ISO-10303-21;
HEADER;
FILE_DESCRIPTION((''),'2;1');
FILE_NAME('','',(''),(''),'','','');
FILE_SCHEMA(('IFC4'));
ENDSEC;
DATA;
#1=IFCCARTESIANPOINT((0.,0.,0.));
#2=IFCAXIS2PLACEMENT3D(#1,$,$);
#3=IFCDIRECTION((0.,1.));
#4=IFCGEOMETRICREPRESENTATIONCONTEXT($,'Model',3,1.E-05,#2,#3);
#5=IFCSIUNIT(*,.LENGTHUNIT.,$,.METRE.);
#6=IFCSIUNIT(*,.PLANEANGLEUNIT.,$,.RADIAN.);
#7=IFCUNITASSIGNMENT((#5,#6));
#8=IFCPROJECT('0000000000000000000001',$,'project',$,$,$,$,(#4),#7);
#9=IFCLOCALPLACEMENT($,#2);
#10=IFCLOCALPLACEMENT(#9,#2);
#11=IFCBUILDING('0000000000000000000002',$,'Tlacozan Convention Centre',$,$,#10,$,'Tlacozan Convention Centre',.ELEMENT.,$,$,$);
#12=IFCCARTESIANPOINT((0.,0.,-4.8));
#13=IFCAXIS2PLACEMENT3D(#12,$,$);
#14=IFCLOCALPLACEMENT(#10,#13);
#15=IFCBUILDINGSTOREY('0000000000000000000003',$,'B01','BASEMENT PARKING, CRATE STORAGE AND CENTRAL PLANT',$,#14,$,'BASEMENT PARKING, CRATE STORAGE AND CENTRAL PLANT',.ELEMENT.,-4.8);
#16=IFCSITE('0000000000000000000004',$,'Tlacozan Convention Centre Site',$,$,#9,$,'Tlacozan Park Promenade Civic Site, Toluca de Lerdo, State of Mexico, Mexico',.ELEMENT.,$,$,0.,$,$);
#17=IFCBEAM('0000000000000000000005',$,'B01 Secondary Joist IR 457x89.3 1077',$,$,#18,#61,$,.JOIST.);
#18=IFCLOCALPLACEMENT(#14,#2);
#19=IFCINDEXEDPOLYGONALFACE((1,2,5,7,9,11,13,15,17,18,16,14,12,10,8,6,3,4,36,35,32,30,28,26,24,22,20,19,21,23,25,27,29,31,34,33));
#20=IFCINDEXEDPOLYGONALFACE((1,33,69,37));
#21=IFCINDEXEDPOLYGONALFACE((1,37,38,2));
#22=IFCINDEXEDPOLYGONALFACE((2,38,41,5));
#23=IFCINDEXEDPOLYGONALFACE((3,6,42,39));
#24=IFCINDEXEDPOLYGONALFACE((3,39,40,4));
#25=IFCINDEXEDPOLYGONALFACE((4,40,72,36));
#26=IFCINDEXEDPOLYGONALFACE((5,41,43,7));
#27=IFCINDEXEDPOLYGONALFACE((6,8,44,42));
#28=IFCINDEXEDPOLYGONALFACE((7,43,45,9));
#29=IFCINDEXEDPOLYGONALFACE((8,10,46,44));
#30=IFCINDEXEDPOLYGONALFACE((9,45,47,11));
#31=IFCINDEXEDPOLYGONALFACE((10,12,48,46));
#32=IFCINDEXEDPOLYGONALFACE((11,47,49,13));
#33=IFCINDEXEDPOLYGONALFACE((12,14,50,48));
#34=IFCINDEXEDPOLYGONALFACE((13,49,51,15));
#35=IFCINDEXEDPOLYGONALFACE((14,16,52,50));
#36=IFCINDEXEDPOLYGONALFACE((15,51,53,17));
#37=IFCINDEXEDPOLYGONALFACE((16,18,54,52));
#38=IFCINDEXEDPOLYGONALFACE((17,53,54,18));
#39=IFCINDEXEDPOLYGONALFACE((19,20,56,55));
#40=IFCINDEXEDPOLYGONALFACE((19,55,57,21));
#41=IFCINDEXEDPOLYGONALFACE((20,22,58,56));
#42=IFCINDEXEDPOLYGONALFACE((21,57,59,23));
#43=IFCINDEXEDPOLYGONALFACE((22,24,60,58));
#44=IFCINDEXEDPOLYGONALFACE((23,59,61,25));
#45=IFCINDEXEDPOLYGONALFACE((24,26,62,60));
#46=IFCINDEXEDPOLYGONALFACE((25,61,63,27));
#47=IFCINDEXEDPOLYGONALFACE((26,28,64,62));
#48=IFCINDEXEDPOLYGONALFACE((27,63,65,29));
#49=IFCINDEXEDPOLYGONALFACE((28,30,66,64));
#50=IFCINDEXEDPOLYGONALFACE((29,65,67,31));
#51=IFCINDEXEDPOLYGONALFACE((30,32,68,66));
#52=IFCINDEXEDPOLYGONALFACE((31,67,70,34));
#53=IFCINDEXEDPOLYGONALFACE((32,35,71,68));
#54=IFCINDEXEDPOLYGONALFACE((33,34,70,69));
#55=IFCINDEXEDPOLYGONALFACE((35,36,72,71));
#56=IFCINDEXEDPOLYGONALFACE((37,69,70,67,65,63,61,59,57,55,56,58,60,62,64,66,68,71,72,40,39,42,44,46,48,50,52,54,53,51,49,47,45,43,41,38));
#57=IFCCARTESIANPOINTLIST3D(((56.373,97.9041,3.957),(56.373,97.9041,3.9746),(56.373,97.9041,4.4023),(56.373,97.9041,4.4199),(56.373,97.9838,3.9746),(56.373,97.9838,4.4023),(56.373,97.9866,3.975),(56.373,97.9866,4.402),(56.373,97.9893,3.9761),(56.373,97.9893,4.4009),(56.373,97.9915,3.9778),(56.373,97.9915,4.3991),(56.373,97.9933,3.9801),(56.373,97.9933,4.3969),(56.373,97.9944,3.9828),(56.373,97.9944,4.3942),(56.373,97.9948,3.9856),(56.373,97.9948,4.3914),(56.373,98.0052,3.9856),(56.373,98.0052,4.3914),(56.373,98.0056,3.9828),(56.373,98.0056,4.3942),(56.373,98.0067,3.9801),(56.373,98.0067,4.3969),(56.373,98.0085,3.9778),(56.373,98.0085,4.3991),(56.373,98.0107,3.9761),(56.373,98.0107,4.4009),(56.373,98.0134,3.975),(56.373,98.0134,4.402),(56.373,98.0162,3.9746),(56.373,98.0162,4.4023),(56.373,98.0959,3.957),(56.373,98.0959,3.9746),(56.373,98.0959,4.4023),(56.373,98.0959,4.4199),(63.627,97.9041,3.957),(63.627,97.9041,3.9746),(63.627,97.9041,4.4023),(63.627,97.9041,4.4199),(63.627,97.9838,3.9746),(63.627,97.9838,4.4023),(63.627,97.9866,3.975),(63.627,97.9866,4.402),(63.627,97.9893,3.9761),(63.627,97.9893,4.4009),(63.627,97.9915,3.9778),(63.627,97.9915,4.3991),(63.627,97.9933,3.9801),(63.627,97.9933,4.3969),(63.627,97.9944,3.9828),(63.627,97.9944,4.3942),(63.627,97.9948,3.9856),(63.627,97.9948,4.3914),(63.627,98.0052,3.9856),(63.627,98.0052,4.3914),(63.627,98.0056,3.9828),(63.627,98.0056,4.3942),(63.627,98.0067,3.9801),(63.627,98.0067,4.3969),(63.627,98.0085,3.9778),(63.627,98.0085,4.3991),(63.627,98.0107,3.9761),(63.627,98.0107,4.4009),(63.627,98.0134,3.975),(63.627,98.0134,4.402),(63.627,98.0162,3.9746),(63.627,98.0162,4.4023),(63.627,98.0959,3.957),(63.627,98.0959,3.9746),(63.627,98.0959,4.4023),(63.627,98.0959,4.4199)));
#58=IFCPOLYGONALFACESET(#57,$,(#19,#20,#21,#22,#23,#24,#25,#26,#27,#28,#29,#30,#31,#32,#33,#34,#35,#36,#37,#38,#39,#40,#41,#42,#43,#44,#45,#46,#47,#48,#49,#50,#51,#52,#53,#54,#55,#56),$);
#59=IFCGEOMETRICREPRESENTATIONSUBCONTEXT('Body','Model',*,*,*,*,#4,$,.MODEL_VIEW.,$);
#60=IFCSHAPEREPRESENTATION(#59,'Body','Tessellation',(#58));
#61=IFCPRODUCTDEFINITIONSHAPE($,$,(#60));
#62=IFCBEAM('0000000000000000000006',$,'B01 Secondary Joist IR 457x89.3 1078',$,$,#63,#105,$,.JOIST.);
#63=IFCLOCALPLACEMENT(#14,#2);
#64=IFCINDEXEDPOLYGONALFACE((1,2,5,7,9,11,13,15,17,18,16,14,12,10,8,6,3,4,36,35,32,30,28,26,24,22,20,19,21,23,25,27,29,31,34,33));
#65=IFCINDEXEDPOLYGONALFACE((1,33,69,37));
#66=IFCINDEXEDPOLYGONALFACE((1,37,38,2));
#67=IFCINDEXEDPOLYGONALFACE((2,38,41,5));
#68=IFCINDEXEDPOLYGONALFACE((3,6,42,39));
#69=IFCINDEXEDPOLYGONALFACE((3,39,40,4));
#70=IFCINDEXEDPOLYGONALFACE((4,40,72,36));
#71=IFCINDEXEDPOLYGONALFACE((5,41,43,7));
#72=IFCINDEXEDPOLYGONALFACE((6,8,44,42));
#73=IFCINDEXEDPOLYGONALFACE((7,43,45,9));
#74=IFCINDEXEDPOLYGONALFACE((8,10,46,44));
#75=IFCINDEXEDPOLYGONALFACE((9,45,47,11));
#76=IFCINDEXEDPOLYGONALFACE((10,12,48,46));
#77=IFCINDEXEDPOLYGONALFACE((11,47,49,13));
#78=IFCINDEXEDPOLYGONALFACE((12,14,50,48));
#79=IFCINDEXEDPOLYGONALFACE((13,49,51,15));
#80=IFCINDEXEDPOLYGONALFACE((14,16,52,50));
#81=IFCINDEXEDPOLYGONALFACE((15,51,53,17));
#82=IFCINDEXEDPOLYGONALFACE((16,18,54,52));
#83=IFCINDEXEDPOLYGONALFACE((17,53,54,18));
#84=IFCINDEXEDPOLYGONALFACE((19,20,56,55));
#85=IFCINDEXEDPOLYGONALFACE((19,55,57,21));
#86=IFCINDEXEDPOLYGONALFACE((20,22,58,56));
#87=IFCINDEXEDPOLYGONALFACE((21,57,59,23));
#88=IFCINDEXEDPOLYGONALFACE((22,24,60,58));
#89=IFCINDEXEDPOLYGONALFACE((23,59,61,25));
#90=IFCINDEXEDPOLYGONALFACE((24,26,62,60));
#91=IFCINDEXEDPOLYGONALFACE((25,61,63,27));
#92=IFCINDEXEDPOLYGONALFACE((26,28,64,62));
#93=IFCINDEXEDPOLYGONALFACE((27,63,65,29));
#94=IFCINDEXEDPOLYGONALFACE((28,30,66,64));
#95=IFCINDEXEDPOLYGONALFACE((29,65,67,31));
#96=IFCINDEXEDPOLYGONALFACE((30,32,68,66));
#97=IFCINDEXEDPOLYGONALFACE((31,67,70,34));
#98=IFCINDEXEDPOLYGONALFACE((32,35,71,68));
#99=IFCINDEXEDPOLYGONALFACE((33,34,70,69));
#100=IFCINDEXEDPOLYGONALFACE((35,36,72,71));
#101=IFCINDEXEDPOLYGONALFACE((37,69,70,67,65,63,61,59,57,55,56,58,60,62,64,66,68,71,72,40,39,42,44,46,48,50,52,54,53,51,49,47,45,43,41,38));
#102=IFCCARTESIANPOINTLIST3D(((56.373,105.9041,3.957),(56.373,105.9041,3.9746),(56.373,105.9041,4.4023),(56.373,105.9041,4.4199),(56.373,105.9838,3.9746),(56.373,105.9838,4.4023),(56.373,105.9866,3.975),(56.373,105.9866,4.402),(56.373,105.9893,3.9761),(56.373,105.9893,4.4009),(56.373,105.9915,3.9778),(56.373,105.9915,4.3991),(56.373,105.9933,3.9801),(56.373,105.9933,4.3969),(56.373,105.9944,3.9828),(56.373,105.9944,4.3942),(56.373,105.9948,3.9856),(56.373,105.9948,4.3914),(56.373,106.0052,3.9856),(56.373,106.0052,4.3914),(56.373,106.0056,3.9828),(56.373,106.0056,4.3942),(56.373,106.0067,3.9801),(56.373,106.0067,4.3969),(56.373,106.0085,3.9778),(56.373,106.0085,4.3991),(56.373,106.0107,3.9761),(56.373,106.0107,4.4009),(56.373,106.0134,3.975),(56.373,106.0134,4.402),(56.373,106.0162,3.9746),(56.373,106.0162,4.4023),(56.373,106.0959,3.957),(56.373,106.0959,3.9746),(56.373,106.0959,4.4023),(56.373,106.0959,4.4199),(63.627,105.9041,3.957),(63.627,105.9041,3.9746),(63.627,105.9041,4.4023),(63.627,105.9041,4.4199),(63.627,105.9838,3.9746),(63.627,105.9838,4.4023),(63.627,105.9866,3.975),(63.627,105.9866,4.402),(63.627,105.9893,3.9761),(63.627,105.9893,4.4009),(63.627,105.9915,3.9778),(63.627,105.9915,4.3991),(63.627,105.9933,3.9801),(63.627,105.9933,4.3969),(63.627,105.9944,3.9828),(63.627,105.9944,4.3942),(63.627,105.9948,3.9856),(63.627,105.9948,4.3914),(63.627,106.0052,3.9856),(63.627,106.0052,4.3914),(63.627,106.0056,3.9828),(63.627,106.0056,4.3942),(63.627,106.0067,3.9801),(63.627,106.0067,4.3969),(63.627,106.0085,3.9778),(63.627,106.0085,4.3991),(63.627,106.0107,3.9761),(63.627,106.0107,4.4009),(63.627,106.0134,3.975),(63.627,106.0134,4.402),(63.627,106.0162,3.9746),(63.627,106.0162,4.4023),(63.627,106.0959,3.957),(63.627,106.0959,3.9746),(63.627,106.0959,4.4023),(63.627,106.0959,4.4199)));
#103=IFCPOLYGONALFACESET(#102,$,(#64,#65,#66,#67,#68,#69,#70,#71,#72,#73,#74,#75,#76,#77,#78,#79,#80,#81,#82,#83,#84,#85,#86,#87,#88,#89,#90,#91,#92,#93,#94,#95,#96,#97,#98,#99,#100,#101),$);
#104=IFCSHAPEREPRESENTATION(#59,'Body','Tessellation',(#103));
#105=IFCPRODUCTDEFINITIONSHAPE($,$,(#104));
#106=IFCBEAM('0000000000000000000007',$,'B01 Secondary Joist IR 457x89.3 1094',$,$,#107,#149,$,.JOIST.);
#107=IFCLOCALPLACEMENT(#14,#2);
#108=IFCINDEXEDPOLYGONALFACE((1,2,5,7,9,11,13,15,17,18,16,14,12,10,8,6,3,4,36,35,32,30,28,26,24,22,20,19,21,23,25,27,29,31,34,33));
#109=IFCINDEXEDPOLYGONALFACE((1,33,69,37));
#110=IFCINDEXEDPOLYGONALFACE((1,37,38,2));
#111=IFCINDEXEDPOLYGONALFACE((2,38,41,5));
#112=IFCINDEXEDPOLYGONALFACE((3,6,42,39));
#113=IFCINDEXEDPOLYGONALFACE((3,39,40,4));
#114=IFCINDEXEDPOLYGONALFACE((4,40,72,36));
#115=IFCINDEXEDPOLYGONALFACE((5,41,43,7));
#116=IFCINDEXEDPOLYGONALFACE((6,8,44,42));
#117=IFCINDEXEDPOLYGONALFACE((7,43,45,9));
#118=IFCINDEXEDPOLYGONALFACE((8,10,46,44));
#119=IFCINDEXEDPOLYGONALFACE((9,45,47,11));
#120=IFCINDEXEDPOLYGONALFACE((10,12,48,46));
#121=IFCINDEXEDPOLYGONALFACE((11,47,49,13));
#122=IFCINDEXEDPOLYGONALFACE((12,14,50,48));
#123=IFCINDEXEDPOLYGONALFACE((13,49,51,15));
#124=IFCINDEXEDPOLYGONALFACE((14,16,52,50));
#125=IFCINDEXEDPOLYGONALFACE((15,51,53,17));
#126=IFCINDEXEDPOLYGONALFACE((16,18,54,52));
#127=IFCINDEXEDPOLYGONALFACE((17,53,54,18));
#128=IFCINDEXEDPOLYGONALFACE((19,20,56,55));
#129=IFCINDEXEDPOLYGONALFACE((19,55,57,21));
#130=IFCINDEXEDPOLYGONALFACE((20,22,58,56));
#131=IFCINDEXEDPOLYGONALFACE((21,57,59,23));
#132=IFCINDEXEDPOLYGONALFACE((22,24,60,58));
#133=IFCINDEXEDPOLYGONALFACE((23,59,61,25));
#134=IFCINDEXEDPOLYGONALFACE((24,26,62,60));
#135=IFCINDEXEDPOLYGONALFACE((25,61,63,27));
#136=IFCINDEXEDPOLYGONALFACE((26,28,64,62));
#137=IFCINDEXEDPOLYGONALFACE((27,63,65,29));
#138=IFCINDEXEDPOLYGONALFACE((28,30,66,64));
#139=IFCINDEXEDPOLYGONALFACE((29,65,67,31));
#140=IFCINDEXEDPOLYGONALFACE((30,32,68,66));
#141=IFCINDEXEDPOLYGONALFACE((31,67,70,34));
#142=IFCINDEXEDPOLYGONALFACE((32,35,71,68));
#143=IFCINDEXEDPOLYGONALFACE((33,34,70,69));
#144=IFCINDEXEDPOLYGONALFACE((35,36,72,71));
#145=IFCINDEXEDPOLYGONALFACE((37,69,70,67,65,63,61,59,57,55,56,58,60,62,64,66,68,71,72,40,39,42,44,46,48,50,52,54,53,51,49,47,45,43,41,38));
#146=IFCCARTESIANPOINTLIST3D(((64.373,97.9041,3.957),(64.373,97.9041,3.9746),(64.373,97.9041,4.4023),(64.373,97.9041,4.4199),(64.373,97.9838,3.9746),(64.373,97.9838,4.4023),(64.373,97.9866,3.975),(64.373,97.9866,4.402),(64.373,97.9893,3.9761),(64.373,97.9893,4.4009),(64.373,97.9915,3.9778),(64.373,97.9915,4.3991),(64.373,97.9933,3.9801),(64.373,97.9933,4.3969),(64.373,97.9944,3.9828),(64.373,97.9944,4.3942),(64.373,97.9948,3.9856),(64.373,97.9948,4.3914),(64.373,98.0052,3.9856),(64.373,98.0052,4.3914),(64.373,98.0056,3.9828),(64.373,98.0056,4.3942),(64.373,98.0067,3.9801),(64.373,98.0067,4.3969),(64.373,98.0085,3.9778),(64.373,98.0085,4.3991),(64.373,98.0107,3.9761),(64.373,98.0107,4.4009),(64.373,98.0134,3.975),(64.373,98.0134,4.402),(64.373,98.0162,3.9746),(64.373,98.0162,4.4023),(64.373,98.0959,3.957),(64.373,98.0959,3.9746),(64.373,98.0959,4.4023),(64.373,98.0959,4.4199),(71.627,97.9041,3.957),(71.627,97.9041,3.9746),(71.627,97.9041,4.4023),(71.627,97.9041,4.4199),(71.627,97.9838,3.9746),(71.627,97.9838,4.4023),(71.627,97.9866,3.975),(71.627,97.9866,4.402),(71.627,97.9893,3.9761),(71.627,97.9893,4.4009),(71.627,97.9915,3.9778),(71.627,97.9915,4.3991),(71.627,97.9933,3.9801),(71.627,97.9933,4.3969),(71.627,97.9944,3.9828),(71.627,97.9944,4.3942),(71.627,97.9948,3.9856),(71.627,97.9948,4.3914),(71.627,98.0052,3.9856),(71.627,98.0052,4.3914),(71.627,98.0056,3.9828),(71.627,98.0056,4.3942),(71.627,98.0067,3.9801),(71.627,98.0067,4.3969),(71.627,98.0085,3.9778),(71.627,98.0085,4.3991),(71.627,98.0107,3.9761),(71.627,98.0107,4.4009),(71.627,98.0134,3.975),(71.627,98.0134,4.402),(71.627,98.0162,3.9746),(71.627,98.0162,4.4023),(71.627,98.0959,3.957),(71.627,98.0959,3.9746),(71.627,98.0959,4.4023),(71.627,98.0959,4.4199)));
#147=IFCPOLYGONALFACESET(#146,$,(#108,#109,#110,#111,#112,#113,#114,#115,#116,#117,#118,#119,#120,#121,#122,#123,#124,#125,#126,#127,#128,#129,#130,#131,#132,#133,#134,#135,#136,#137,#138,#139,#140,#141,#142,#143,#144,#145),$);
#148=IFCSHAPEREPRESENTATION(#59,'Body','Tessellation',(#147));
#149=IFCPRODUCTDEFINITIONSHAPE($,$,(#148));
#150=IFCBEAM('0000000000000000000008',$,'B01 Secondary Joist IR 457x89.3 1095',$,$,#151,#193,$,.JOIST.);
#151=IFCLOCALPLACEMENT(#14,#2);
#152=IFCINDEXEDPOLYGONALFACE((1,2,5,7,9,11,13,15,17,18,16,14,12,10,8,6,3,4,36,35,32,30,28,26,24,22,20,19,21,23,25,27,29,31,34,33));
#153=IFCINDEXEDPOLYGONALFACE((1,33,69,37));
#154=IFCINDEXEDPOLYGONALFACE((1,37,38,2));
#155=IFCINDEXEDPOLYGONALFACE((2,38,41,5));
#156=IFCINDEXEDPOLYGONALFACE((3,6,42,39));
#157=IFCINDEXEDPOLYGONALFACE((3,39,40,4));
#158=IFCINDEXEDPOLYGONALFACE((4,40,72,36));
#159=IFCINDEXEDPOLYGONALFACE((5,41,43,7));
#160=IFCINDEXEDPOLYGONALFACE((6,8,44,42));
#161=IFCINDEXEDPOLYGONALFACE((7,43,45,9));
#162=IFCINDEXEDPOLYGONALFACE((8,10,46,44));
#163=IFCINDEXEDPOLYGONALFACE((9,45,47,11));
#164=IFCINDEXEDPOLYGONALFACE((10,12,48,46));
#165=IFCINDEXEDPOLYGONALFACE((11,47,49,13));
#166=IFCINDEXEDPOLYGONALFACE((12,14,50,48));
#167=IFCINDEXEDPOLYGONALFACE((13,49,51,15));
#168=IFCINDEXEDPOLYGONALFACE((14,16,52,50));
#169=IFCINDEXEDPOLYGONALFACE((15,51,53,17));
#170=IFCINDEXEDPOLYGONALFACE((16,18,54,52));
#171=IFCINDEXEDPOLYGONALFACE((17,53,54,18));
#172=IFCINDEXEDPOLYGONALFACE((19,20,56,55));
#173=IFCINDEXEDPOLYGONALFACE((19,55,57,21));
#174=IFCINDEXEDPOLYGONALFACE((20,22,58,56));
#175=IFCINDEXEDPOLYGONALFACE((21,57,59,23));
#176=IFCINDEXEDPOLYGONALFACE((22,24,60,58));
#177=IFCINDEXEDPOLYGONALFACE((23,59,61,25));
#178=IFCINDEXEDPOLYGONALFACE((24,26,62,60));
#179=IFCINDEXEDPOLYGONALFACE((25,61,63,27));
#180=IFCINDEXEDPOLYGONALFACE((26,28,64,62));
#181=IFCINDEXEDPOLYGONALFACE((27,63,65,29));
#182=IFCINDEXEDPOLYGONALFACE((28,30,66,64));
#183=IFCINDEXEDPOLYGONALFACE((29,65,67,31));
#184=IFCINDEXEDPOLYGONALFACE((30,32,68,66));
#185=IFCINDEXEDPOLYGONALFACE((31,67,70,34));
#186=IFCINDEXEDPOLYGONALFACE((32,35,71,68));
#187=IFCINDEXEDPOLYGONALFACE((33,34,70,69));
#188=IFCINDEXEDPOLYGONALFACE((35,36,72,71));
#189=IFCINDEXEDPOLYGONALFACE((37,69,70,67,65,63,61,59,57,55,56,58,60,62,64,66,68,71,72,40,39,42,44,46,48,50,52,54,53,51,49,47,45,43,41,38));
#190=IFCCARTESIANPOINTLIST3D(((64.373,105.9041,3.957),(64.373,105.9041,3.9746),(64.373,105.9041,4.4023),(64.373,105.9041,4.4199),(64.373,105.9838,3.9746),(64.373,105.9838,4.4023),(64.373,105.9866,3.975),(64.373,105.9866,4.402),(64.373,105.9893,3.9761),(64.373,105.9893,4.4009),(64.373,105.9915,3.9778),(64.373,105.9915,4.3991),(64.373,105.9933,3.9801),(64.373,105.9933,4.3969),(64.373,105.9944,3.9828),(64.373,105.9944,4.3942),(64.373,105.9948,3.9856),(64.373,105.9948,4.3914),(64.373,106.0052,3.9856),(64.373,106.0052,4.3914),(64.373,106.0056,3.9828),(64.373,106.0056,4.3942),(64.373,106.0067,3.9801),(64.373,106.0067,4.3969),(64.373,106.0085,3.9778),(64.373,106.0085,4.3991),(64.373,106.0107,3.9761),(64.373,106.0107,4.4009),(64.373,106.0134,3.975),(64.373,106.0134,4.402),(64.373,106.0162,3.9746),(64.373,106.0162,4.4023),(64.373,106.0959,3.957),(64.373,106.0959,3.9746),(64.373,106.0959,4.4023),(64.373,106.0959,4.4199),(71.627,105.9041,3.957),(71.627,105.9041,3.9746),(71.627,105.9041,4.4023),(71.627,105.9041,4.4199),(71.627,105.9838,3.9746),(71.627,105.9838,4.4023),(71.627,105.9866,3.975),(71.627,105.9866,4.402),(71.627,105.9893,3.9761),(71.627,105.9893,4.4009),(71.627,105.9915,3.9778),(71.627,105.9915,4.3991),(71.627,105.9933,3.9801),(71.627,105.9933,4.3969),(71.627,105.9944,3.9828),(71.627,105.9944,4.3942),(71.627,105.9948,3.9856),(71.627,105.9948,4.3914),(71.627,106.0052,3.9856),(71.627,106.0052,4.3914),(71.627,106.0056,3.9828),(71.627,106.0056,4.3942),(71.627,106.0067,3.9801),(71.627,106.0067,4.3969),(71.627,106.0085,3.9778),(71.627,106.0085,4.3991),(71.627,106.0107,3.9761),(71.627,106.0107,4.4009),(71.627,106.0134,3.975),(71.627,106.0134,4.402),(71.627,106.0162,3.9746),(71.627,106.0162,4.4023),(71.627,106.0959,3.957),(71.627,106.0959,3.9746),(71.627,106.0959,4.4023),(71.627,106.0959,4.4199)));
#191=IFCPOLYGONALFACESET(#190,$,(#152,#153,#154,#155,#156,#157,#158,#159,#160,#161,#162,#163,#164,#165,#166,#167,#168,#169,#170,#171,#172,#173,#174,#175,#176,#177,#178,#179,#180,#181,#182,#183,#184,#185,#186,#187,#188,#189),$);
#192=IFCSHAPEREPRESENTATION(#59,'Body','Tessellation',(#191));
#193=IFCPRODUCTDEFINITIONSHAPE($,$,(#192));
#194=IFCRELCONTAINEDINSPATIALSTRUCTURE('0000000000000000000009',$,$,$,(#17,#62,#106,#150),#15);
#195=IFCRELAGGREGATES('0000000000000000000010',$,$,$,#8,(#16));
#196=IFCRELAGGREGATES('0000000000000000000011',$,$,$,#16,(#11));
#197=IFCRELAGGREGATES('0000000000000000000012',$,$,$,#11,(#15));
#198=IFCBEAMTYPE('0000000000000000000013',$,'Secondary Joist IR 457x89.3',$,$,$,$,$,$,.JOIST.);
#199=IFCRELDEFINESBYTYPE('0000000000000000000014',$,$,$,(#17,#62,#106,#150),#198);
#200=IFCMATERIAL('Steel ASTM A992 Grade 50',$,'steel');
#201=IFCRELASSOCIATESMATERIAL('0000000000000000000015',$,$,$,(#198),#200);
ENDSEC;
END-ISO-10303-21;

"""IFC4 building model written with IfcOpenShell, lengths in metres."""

from ifc_helpers import new_model, si_unit, direction, frame, origin, origin_2d, place, context, subcontext, project, spatial, i_section, extrude, material, material_profile, profile_set, type_object, element, save


model = new_model("IFC4")

# Units and contexts
model_context = context("Model", 3, precision=1e-05, world=origin(), true_north=direction((0.0, 1.0)))
body_context = subcontext(model_context, "Body", "Model", "MODEL_VIEW")
ifc_project = project(units=[si_unit("LENGTHUNIT", "METRE"), si_unit("PLANEANGLEUNIT", "RADIAN")], contexts=[model_context])

# Site, building, storey
site_placement = place(None, origin())
site = spatial("IfcSite", under=ifc_project, at=site_placement, Name="Tlacozan Convention Centre Site", LongName="Tlacozan Park Promenade Civic Site, Toluca de Lerdo, State of Mexico, Mexico", CompositionType="ELEMENT", RefElevation=0.0)
building_placement = place(site_placement, origin())
building = spatial("IfcBuilding", under=site, at=building_placement, Name="Tlacozan Convention Centre", LongName="Tlacozan Convention Centre", CompositionType="ELEMENT")
storey_placement = place(building_placement, frame((0.0, 0.0, -4.8)))
storey = spatial("IfcBuildingStorey", under=building, at=storey_placement, Name="B01", Description="BASEMENT PARKING, CRATE STORAGE AND CENTRAL PLANT", LongName="BASEMENT PARKING, CRATE STORAGE AND CENTRAL PLANT", CompositionType="ELEMENT", Elevation=-4.8)

# Beams
ifc_material_1 = material(Name="Steel ASTM A992 Grade 50", Category="steel")
ifc_material_profile_1 = material_profile(ifc_material_1, i_section(OverallWidth=0.1919, OverallDepth=0.4629, WebThickness=0.0105, FlangeThickness=0.0176, FilletRadius=0.011, at=origin_2d()), Name="IR 457x89.3")
ifc_profile_set_1 = profile_set([ifc_material_profile_1], Name="Steel ASTM A992 Grade 50")
beam_type_1 = type_object("IfcBeamType", Name="Secondary Joist IR 457x89.3", PredefinedType="JOIST", material=ifc_profile_set_1)
for number, where, z_axis, x_axis, name in (
    (1, (56.373, 98.0, 4.1885), (1.0, 0.0, 0.0), (0.0, 1.0, 0.0), "B01 Secondary Joist IR 457x89.3 1077"),
    (2, (56.373, 106.0, 4.1885), (1.0, 0.0, 0.0), (0.0, 1.0, 0.0), "B01 Secondary Joist IR 457x89.3 1078"),
    (3, (64.373, 98.0, 4.1885), (1.0, 0.0, 0.0), (0.0, 1.0, 0.0), "B01 Secondary Joist IR 457x89.3 1094"),
    (4, (64.373, 106.0, 4.1885), (1.0, 0.0, 0.0), (0.0, 1.0, 0.0), "B01 Secondary Joist IR 457x89.3 1095"),
):
    element("IfcBeam", number, at=place(storey_placement, frame(where, z_axis=z_axis, x_axis=x_axis)), inside=storey, type_object=beam_type_1, Name=name, PredefinedType="JOIST", context=body_context, shape_type="SweptSolid", body=[
        extrude(i_section(OverallWidth=0.1919, OverallDepth=0.4629, WebThickness=0.0105, FlangeThickness=0.0176, FilletRadius=0.011, at=origin_2d()), origin(), (0.0, 0.0, 1.0), 7.2539),
    ])

save(model, "model.ifc")
